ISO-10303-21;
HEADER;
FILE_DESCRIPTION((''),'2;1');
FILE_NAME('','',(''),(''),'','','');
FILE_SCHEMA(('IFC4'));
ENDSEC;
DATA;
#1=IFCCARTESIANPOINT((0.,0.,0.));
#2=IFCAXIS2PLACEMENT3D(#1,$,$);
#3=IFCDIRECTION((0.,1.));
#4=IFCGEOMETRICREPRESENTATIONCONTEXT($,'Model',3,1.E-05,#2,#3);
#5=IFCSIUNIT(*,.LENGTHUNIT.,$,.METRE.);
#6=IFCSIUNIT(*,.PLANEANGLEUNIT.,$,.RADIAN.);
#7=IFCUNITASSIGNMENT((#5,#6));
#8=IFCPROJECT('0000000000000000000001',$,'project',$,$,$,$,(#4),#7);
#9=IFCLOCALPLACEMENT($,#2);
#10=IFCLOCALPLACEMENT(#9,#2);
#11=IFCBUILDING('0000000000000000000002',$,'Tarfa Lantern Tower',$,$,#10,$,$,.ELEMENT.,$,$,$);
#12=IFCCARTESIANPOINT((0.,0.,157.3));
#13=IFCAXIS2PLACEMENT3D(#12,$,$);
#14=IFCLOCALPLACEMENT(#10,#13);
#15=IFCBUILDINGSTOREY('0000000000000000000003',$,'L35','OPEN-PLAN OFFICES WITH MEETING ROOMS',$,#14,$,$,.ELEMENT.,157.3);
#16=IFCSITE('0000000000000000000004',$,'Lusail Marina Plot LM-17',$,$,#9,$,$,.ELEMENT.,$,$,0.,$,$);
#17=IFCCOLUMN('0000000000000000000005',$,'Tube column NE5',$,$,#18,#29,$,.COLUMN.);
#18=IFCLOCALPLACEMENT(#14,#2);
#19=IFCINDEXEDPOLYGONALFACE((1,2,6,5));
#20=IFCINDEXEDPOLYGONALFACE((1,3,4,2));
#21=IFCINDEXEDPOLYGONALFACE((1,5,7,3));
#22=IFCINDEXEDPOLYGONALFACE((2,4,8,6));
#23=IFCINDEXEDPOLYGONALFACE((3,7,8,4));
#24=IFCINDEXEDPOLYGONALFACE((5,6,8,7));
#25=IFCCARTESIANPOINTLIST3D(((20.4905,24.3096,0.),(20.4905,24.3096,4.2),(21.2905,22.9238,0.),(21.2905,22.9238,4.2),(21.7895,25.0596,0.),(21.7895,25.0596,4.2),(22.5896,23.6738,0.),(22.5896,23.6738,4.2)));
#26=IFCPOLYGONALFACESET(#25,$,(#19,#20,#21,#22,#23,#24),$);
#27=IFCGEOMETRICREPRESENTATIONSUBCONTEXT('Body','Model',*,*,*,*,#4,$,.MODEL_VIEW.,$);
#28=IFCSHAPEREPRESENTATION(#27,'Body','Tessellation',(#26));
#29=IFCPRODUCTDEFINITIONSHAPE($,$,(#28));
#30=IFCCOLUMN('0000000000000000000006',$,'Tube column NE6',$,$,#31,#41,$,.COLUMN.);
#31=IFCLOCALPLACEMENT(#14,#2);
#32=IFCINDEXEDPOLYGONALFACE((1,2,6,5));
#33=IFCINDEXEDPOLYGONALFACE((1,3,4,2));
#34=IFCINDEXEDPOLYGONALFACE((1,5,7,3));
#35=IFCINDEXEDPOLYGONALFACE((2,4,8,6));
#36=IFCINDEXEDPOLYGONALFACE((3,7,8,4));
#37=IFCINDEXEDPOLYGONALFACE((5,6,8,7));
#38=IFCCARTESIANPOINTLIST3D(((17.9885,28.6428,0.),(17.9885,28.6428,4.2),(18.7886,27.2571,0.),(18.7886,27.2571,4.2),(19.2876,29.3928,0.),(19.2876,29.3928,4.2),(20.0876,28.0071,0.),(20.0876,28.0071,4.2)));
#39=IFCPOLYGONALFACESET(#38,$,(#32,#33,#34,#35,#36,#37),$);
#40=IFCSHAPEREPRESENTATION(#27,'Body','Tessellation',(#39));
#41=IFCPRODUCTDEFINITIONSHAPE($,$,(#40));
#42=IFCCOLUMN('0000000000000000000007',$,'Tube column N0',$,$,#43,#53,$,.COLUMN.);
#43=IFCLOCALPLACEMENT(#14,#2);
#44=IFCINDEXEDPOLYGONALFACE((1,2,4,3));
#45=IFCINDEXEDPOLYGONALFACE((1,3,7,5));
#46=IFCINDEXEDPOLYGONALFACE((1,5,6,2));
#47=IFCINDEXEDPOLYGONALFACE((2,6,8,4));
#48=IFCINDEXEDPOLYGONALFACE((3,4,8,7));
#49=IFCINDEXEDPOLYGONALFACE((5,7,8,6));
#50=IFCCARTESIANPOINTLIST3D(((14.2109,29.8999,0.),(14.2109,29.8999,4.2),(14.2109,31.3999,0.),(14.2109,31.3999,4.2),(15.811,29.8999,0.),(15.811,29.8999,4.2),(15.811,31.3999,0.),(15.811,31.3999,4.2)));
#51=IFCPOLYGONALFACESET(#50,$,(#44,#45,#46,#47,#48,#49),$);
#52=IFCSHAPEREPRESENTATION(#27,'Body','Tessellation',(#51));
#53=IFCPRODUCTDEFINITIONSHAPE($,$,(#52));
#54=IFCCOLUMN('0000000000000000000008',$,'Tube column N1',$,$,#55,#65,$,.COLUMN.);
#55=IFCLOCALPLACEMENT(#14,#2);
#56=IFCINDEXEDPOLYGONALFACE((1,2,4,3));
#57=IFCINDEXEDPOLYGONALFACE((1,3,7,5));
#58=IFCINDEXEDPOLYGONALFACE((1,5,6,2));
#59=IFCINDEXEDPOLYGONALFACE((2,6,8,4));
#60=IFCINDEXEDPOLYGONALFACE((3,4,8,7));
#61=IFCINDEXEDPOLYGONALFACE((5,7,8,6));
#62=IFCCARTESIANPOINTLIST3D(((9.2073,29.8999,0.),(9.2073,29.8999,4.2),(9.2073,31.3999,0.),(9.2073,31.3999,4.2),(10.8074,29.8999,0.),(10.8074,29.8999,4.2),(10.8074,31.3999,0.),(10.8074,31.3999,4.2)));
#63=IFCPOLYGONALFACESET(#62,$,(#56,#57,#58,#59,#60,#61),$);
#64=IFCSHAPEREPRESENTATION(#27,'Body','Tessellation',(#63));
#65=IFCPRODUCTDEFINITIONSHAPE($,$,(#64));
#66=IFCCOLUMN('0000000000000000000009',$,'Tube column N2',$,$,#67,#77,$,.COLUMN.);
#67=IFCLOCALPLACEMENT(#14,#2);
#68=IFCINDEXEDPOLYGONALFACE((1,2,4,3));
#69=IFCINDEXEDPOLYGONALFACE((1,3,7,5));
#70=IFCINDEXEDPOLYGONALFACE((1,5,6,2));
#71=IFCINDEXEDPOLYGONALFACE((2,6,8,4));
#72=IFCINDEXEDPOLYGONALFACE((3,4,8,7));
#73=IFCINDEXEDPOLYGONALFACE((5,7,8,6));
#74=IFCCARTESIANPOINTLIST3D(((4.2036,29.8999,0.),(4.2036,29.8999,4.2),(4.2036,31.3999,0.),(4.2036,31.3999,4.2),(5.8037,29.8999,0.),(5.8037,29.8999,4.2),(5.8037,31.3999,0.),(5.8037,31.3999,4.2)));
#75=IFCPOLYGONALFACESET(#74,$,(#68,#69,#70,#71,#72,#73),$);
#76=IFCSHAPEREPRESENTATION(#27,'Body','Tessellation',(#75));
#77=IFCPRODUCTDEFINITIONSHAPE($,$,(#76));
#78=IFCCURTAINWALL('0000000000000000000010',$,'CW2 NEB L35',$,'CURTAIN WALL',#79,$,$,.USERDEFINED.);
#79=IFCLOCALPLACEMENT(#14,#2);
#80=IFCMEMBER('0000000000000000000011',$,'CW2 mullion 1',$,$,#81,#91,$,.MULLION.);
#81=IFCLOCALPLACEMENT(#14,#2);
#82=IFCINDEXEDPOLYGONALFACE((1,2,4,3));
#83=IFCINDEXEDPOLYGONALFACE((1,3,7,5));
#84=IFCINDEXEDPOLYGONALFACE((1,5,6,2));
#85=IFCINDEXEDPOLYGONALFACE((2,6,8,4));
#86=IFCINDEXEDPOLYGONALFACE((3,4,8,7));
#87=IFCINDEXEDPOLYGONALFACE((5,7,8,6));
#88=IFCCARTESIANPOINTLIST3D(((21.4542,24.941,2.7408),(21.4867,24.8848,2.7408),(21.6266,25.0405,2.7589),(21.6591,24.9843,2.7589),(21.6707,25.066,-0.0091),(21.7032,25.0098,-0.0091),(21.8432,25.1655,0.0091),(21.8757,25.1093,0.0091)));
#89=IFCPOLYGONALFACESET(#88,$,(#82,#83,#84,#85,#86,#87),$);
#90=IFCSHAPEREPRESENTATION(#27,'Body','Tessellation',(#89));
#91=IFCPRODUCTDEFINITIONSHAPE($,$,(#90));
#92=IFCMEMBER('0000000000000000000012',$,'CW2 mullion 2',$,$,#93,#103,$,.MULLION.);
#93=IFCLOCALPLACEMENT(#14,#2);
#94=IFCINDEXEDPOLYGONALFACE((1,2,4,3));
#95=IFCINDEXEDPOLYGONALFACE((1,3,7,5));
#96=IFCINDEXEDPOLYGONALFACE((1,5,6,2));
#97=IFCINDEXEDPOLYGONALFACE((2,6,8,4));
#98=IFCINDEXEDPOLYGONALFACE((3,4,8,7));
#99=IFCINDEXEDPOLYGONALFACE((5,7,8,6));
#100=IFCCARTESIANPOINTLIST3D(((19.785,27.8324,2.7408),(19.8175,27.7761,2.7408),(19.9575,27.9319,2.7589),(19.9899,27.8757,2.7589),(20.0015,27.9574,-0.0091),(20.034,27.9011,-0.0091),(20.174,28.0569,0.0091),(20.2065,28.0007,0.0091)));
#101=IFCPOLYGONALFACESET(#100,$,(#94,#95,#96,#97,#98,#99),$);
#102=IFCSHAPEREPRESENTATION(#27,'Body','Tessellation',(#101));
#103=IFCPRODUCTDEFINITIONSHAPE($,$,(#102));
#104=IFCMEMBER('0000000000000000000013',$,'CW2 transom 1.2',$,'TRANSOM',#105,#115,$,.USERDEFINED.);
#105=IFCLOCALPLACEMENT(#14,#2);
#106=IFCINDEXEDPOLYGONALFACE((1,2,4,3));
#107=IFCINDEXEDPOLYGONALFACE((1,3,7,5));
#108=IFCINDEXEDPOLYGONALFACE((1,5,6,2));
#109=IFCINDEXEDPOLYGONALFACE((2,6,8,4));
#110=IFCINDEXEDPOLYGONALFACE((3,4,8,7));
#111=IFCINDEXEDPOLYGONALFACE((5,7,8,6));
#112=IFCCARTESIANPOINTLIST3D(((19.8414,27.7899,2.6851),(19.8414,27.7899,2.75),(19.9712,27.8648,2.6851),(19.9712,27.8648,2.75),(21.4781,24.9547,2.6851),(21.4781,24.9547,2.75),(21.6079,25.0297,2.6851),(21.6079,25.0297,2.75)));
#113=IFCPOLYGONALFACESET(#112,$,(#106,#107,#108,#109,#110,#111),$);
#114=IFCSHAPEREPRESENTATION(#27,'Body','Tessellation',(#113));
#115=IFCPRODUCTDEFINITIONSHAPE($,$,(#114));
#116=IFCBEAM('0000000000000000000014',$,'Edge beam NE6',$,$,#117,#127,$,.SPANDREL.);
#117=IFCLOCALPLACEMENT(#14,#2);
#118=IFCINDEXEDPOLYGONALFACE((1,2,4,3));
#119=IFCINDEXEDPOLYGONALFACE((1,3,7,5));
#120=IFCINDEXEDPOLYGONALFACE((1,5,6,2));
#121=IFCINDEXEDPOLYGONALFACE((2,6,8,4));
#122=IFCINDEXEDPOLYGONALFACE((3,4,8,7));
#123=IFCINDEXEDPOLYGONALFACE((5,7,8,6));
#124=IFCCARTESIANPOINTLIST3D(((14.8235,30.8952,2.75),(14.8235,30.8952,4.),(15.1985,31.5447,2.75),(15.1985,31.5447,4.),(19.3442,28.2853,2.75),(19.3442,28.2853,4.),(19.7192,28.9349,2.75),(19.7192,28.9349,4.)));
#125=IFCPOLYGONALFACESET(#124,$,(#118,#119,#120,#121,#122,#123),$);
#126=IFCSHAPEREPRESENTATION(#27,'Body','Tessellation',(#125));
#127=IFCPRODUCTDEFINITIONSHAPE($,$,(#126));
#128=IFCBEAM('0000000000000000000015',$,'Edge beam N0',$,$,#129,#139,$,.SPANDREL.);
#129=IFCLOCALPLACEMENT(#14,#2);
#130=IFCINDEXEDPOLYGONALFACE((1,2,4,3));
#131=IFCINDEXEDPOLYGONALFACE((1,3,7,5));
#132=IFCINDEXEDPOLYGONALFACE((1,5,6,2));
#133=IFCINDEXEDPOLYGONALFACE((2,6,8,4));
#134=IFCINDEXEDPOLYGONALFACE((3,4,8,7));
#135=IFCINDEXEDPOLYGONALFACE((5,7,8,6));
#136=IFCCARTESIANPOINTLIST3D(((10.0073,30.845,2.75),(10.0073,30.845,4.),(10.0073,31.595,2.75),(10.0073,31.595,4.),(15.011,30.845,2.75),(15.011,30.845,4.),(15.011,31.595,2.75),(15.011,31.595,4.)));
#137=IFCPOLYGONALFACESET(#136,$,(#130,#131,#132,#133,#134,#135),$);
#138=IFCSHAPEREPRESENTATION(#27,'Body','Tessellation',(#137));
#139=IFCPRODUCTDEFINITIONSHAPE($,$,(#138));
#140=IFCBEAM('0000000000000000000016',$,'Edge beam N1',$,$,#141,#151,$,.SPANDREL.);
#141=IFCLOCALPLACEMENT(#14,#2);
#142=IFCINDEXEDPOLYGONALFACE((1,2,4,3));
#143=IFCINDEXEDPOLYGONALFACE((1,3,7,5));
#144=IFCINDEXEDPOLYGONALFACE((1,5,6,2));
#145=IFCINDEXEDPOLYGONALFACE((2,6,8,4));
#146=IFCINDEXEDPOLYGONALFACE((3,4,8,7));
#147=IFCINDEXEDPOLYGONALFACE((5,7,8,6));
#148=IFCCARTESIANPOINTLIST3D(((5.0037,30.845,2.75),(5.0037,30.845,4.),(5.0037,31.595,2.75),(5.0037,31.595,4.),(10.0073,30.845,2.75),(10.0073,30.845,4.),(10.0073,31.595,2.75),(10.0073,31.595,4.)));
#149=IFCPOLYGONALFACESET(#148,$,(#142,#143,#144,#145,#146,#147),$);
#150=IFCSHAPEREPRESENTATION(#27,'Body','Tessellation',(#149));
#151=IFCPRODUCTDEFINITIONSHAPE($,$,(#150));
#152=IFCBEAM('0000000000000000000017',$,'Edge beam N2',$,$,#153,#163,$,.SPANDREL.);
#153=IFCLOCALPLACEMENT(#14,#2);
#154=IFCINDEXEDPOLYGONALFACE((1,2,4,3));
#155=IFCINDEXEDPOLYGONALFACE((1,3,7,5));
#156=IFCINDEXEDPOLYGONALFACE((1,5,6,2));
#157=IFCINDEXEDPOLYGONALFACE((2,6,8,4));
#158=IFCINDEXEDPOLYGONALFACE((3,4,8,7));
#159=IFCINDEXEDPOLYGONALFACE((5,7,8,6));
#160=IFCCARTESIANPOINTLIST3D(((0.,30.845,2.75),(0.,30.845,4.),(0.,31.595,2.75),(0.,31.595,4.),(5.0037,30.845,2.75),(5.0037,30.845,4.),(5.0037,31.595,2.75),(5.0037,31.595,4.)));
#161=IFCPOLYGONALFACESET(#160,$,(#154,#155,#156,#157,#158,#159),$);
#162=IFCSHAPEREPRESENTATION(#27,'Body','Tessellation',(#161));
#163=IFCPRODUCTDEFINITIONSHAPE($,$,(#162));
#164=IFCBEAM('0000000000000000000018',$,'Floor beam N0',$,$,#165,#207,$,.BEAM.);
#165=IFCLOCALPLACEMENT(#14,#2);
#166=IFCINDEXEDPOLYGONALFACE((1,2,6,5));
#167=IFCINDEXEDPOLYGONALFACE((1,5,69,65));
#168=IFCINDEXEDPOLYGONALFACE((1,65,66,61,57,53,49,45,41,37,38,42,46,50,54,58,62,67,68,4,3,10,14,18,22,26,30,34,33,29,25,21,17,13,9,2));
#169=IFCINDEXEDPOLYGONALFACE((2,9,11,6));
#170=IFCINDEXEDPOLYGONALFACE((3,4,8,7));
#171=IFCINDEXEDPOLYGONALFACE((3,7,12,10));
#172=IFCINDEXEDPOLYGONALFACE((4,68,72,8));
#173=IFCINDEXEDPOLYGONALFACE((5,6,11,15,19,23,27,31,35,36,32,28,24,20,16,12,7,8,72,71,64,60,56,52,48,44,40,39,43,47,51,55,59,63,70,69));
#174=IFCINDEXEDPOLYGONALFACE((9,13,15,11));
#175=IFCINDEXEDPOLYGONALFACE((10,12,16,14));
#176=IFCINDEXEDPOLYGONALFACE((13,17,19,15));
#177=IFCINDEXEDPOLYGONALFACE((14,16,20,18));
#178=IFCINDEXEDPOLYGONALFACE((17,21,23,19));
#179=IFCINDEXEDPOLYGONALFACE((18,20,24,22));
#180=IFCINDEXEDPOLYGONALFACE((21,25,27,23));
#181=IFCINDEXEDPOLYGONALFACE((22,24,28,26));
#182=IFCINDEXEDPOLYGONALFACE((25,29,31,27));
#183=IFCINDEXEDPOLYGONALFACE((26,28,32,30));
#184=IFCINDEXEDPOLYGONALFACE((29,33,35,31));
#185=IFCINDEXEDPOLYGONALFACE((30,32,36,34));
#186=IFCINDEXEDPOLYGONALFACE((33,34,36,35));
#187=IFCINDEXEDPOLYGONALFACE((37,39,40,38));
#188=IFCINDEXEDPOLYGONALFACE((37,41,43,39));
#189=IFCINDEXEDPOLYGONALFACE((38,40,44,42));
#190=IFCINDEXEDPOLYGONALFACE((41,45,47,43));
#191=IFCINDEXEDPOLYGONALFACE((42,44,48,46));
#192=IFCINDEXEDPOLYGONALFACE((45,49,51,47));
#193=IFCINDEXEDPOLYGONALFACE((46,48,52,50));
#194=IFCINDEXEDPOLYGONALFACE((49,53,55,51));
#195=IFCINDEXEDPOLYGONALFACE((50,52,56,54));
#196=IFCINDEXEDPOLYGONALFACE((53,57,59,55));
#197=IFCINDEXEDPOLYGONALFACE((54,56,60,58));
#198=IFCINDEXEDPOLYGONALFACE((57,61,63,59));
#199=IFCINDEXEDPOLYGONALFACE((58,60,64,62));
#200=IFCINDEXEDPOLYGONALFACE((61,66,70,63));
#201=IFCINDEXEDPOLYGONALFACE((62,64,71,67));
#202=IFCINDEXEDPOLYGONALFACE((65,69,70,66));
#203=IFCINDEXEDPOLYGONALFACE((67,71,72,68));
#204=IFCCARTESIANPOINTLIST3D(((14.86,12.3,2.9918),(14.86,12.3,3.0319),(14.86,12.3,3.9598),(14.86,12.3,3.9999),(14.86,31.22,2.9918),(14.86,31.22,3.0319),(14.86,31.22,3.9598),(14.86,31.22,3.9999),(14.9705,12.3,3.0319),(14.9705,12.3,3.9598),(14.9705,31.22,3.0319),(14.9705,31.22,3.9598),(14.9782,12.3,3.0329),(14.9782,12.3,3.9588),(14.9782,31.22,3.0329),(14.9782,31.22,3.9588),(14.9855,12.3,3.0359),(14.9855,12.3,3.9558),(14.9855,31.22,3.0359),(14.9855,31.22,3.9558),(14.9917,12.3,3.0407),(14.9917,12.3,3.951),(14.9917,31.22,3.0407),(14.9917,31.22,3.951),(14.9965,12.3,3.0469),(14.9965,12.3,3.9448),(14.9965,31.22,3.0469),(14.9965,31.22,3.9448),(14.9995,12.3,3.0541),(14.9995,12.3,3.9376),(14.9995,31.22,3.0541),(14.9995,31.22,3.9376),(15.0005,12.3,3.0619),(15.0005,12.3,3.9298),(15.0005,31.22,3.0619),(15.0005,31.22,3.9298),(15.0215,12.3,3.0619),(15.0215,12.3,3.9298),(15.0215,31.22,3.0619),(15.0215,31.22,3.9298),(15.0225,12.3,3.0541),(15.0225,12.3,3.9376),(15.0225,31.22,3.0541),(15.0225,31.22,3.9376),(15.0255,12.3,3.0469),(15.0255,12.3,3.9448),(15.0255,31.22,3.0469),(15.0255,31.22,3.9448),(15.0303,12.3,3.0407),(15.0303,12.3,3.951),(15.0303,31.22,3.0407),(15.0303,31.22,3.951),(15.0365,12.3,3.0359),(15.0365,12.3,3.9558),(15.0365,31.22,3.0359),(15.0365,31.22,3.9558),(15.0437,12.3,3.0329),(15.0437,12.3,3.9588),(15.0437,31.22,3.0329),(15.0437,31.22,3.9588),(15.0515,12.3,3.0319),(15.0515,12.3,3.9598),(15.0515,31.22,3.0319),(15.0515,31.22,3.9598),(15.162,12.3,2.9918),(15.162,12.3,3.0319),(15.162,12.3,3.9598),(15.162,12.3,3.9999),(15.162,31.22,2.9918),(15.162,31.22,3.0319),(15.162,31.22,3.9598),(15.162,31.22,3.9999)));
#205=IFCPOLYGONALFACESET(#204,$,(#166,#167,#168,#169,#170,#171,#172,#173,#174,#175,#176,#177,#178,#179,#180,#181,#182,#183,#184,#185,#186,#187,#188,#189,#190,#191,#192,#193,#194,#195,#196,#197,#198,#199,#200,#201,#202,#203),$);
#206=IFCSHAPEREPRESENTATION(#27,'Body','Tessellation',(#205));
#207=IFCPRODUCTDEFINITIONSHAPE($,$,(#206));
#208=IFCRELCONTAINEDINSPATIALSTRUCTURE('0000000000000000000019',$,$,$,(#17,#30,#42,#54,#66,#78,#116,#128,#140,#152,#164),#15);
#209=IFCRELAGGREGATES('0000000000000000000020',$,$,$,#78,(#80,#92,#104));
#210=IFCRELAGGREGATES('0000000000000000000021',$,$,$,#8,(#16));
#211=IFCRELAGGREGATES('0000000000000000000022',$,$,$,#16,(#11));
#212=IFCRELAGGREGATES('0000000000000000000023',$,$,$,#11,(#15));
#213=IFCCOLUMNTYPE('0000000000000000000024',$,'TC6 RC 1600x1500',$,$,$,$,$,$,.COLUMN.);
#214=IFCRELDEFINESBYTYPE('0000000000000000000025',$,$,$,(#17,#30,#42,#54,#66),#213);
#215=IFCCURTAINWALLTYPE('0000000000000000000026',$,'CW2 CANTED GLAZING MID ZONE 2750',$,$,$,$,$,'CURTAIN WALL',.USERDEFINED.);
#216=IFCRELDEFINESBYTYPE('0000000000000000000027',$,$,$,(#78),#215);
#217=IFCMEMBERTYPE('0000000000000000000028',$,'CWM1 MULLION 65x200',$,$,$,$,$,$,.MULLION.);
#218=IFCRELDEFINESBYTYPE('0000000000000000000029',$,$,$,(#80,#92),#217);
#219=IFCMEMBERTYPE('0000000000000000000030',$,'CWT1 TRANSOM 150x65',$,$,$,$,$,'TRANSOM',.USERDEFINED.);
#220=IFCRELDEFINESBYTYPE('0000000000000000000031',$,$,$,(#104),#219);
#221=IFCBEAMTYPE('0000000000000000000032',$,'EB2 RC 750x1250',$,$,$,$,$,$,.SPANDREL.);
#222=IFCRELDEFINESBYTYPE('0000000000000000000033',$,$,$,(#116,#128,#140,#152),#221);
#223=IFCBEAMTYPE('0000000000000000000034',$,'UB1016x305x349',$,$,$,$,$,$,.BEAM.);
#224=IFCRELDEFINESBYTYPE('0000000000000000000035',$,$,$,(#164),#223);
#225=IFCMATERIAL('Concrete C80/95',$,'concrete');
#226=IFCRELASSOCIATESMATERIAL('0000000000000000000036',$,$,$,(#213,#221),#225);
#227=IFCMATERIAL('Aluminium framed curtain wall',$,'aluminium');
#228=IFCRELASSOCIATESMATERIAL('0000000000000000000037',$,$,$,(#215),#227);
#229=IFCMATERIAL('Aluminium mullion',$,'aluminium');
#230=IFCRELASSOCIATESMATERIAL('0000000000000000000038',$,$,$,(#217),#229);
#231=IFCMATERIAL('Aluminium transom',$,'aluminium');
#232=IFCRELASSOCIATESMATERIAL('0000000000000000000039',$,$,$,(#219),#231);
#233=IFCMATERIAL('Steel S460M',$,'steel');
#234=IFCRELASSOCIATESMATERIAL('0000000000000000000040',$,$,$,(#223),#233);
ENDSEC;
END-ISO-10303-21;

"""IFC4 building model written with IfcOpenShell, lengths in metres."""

from ifc_helpers import new_model, si_unit, direction, frame, origin, origin_2d, place, context, subcontext, project, spatial, rectangle, i_section, extrude, material, material_profile, profile_set, type_object, element, aggregate, save


model = new_model("IFC4")

# Units and contexts
model_context = context("Model", 3, precision=1e-05, world=origin(), true_north=direction((0.0, 1.0)))
body_context = subcontext(model_context, "Body", "Model", "MODEL_VIEW")
ifc_project = project(units=[si_unit("LENGTHUNIT", "METRE"), si_unit("PLANEANGLEUNIT", "RADIAN")], contexts=[model_context])

# Site, building, storey
site_placement = place(None, origin())
site = spatial("IfcSite", under=ifc_project, at=site_placement, Name="Lusail Marina Plot LM-17", CompositionType="ELEMENT", RefElevation=0.0)
building_placement = place(site_placement, origin())
building = spatial("IfcBuilding", under=site, at=building_placement, Name="Tarfa Lantern Tower", CompositionType="ELEMENT")
storey_placement = place(building_placement, frame((0.0, 0.0, 157.3)))
storey = spatial("IfcBuildingStorey", under=building, at=storey_placement, Name="L35", Description="OPEN-PLAN OFFICES WITH MEETING ROOMS", CompositionType="ELEMENT", Elevation=157.3)

# Columns
ifc_material_1 = material(Name="Concrete C80/95", Category="concrete")
ifc_material_profile_1 = material_profile(ifc_material_1, rectangle(XDim=1.6001, YDim=1.5, at=origin_2d()), Name="RC 1600x1500")
ifc_profile_set_1 = profile_set([ifc_material_profile_1], Name="Concrete C80/95")
column_type = type_object("IfcColumnType", Name="TC6 RC 1600x1500", PredefinedType="COLUMN", material=ifc_profile_set_1)
for number, where, z_axis, x_axis, name in (
    (1, (21.54, 23.9917, 0.0), (0.0, 0.0, 1.0), (-0.5, 0.866025, 0.0), "Tube column NE5"),
    (2, (19.0381, 28.325, 0.0), (0.0, 0.0, 1.0), (-0.5, 0.866025, 0.0), "Tube column NE6"),
    (3, (15.011, 30.6499, 0.0), (0.0, 0.0, 1.0), (-1.0, 0.0, 0.0), "Tube column N0"),
    (4, (10.0073, 30.6499, 0.0), (0.0, 0.0, 1.0), (-1.0, 0.0, 0.0), "Tube column N1"),
    (5, (5.0037, 30.6499, 0.0), (0.0, 0.0, 1.0), (-1.0, 0.0, 0.0), "Tube column N2"),
):
    element("IfcColumn", number, at=place(storey_placement, frame(where, z_axis=z_axis, x_axis=x_axis)), inside=storey, type_object=column_type, Name=name, PredefinedType="COLUMN", context=body_context, shape_type="SweptSolid", body=[
        extrude(rectangle(XDim=1.6001, YDim=1.5, at=origin_2d()), origin(), (0.0, 0.0, 1.0), 4.2),
    ])

# Curtain wall, members
ifc_material_2 = material(Name="Aluminium framed curtain wall", Category="aluminium")
curtain_wall_type = type_object("IfcCurtainWallType", Name="CW2 CANTED GLAZING MID ZONE 2750", ElementType="CURTAIN WALL", PredefinedType="USERDEFINED", material=ifc_material_2)
curtain_wall_placement = place(storey_placement, origin())
curtain_wall = element("IfcCurtainWall", 6, at=curtain_wall_placement, inside=storey, type_object=curtain_wall_type, Name="CW2 NEB L35", ObjectType="CURTAIN WALL", PredefinedType="USERDEFINED")
ifc_material_3 = material(Name="Aluminium mullion", Category="aluminium")
ifc_material_profile_2 = material_profile(ifc_material_3, rectangle(XDim=0.0649, YDim=0.2, at=origin_2d()), Name="AL MULLION 65x200")
ifc_profile_set_2 = profile_set([ifc_material_profile_2], Name="Aluminium mullion")
member_type_1 = type_object("IfcMemberType", Name="CWM1 MULLION 65x200", PredefinedType="MULLION", material=ifc_profile_set_2)
member_1_placement = place(storey_placement, frame((21.7732, 25.0876, 0.0), z_axis=(-0.078423, -0.045268, 0.995892), x_axis=(0.49992, -0.866072, 0.0)))
member_1 = element("IfcMember", 7, at=member_1_placement, type_object=member_type_1, Name="CW2 mullion 1", PredefinedType="MULLION", context=body_context, shape_type="SweptSolid", body=[
    extrude(rectangle(XDim=0.0649, YDim=0.2, at=origin_2d()), origin(), (0.0, 0.0, 1.0), 2.7612),
])
member_2_placement = place(storey_placement, frame((20.104, 27.979, 0.0), z_axis=(-0.078423, -0.045268, 0.995892), x_axis=(0.49992, -0.866072, 0.0)))
member_2 = element("IfcMember", 8, at=member_2_placement, type_object=member_type_1, Name="CW2 mullion 2", PredefinedType="MULLION", context=body_context, shape_type="SweptSolid", body=[
    extrude(rectangle(XDim=0.0649, YDim=0.2, at=origin_2d()), origin(), (0.0, 0.0, 1.0), 2.7612),
])
ifc_material_4 = material(Name="Aluminium transom", Category="aluminium")
ifc_material_profile_3 = material_profile(ifc_material_4, rectangle(XDim=0.1499, YDim=0.0649, at=origin_2d()), Name="AL TRANSOM 150x65")
ifc_profile_set_3 = profile_set([ifc_material_profile_3], Name="Aluminium transom")
member_type_2 = type_object("IfcMemberType", Name="CWT1 TRANSOM 150x65", ElementType="TRANSOM", PredefinedType="USERDEFINED", material=ifc_profile_set_3)
member_3_placement = place(storey_placement, frame((21.543, 24.9922, 2.7175), z_axis=(-0.499957, 0.86605, 0.0), x_axis=(-0.86605, -0.499957, 0.0)))
member_3 = element("IfcMember", 9, at=member_3_placement, type_object=member_type_2, Name="CW2 transom 1.2", ObjectType="TRANSOM", PredefinedType="USERDEFINED", context=body_context, shape_type="SweptSolid", body=[
    extrude(rectangle(XDim=0.1499, YDim=0.0649, at=origin_2d()), origin(), (0.0, 0.0, 1.0), 3.2737),
])

# Beams
ifc_material_profile_4 = material_profile(ifc_material_1, rectangle(XDim=0.75, YDim=1.25, at=origin_2d()), Name="RC 750x1250")
ifc_profile_set_4 = profile_set([ifc_material_profile_4], Name="Concrete C80/95")
beam_type_1 = type_object("IfcBeamType", Name="EB2 RC 750x1250", PredefinedType="SPANDREL", material=ifc_profile_set_4)
beam_1_placement = place(storey_placement, frame((19.5317, 28.6101, 3.375), z_axis=(-0.866042, 0.499972, 0.0), x_axis=(-0.499972, -0.866042, 0.0)))
element("IfcBeam", 10, at=beam_1_placement, inside=storey, type_object=beam_type_1, Name="Edge beam NE6", PredefinedType="SPANDREL", context=body_context, shape_type="SweptSolid", body=[
    extrude(rectangle(XDim=0.75, YDim=1.25, at=origin_2d()), origin(), (0.0, 0.0, 1.0), 5.22),
])
for number, where, z_axis, x_axis, name in (
    (11, (15.011, 31.22, 3.375), (-1.0, 0.0, 0.0), (0.0, -1.0, 0.0), "Edge beam N0"),
    (12, (10.0073, 31.22, 3.375), (-1.0, 0.0, 0.0), (0.0, -1.0, 0.0), "Edge beam N1"),
    (13, (5.0037, 31.22, 3.375), (-1.0, 0.0, 0.0), (0.0, -1.0, 0.0), "Edge beam N2"),
):
    element("IfcBeam", number, at=place(storey_placement, frame(where, z_axis=z_axis, x_axis=x_axis)), inside=storey, type_object=beam_type_1, Name=name, PredefinedType="SPANDREL", context=body_context, shape_type="SweptSolid", body=[
        extrude(rectangle(XDim=0.75, YDim=1.25, at=origin_2d()), origin(), (0.0, 0.0, 1.0), 5.0037),
    ])
ifc_material_5 = material(Name="Steel S460M", Category="steel")
ifc_material_profile_5 = material_profile(ifc_material_5, i_section(OverallWidth=0.302, OverallDepth=1.0081, WebThickness=0.021, FlangeThickness=0.04, FilletRadius=0.03, at=origin_2d()), Name="UB1016x305x349")
ifc_profile_set_5 = profile_set([ifc_material_profile_5], Name="Steel S460M")
beam_type_2 = type_object("IfcBeamType", Name="UB1016x305x349", PredefinedType="BEAM", material=ifc_profile_set_5)
for number, where, z_axis, x_axis, name in (
    (14, (15.011, 31.22, 3.4958), (0.0, -1.0, 0.0), (1.0, 0.0, 0.0), "Floor beam N0"),
):
    element("IfcBeam", number, at=place(storey_placement, frame(where, z_axis=z_axis, x_axis=x_axis)), inside=storey, type_object=beam_type_2, Name=name, PredefinedType="BEAM", context=body_context, shape_type="SweptSolid", body=[
        extrude(i_section(OverallWidth=0.302, OverallDepth=1.0081, WebThickness=0.021, FlangeThickness=0.04, FilletRadius=0.03, at=origin_2d()), origin(), (0.0, 0.0, 1.0), 18.9199),
    ])

aggregate(curtain_wall, [member_1, member_2, member_3])

save(model, "model.ifc")
